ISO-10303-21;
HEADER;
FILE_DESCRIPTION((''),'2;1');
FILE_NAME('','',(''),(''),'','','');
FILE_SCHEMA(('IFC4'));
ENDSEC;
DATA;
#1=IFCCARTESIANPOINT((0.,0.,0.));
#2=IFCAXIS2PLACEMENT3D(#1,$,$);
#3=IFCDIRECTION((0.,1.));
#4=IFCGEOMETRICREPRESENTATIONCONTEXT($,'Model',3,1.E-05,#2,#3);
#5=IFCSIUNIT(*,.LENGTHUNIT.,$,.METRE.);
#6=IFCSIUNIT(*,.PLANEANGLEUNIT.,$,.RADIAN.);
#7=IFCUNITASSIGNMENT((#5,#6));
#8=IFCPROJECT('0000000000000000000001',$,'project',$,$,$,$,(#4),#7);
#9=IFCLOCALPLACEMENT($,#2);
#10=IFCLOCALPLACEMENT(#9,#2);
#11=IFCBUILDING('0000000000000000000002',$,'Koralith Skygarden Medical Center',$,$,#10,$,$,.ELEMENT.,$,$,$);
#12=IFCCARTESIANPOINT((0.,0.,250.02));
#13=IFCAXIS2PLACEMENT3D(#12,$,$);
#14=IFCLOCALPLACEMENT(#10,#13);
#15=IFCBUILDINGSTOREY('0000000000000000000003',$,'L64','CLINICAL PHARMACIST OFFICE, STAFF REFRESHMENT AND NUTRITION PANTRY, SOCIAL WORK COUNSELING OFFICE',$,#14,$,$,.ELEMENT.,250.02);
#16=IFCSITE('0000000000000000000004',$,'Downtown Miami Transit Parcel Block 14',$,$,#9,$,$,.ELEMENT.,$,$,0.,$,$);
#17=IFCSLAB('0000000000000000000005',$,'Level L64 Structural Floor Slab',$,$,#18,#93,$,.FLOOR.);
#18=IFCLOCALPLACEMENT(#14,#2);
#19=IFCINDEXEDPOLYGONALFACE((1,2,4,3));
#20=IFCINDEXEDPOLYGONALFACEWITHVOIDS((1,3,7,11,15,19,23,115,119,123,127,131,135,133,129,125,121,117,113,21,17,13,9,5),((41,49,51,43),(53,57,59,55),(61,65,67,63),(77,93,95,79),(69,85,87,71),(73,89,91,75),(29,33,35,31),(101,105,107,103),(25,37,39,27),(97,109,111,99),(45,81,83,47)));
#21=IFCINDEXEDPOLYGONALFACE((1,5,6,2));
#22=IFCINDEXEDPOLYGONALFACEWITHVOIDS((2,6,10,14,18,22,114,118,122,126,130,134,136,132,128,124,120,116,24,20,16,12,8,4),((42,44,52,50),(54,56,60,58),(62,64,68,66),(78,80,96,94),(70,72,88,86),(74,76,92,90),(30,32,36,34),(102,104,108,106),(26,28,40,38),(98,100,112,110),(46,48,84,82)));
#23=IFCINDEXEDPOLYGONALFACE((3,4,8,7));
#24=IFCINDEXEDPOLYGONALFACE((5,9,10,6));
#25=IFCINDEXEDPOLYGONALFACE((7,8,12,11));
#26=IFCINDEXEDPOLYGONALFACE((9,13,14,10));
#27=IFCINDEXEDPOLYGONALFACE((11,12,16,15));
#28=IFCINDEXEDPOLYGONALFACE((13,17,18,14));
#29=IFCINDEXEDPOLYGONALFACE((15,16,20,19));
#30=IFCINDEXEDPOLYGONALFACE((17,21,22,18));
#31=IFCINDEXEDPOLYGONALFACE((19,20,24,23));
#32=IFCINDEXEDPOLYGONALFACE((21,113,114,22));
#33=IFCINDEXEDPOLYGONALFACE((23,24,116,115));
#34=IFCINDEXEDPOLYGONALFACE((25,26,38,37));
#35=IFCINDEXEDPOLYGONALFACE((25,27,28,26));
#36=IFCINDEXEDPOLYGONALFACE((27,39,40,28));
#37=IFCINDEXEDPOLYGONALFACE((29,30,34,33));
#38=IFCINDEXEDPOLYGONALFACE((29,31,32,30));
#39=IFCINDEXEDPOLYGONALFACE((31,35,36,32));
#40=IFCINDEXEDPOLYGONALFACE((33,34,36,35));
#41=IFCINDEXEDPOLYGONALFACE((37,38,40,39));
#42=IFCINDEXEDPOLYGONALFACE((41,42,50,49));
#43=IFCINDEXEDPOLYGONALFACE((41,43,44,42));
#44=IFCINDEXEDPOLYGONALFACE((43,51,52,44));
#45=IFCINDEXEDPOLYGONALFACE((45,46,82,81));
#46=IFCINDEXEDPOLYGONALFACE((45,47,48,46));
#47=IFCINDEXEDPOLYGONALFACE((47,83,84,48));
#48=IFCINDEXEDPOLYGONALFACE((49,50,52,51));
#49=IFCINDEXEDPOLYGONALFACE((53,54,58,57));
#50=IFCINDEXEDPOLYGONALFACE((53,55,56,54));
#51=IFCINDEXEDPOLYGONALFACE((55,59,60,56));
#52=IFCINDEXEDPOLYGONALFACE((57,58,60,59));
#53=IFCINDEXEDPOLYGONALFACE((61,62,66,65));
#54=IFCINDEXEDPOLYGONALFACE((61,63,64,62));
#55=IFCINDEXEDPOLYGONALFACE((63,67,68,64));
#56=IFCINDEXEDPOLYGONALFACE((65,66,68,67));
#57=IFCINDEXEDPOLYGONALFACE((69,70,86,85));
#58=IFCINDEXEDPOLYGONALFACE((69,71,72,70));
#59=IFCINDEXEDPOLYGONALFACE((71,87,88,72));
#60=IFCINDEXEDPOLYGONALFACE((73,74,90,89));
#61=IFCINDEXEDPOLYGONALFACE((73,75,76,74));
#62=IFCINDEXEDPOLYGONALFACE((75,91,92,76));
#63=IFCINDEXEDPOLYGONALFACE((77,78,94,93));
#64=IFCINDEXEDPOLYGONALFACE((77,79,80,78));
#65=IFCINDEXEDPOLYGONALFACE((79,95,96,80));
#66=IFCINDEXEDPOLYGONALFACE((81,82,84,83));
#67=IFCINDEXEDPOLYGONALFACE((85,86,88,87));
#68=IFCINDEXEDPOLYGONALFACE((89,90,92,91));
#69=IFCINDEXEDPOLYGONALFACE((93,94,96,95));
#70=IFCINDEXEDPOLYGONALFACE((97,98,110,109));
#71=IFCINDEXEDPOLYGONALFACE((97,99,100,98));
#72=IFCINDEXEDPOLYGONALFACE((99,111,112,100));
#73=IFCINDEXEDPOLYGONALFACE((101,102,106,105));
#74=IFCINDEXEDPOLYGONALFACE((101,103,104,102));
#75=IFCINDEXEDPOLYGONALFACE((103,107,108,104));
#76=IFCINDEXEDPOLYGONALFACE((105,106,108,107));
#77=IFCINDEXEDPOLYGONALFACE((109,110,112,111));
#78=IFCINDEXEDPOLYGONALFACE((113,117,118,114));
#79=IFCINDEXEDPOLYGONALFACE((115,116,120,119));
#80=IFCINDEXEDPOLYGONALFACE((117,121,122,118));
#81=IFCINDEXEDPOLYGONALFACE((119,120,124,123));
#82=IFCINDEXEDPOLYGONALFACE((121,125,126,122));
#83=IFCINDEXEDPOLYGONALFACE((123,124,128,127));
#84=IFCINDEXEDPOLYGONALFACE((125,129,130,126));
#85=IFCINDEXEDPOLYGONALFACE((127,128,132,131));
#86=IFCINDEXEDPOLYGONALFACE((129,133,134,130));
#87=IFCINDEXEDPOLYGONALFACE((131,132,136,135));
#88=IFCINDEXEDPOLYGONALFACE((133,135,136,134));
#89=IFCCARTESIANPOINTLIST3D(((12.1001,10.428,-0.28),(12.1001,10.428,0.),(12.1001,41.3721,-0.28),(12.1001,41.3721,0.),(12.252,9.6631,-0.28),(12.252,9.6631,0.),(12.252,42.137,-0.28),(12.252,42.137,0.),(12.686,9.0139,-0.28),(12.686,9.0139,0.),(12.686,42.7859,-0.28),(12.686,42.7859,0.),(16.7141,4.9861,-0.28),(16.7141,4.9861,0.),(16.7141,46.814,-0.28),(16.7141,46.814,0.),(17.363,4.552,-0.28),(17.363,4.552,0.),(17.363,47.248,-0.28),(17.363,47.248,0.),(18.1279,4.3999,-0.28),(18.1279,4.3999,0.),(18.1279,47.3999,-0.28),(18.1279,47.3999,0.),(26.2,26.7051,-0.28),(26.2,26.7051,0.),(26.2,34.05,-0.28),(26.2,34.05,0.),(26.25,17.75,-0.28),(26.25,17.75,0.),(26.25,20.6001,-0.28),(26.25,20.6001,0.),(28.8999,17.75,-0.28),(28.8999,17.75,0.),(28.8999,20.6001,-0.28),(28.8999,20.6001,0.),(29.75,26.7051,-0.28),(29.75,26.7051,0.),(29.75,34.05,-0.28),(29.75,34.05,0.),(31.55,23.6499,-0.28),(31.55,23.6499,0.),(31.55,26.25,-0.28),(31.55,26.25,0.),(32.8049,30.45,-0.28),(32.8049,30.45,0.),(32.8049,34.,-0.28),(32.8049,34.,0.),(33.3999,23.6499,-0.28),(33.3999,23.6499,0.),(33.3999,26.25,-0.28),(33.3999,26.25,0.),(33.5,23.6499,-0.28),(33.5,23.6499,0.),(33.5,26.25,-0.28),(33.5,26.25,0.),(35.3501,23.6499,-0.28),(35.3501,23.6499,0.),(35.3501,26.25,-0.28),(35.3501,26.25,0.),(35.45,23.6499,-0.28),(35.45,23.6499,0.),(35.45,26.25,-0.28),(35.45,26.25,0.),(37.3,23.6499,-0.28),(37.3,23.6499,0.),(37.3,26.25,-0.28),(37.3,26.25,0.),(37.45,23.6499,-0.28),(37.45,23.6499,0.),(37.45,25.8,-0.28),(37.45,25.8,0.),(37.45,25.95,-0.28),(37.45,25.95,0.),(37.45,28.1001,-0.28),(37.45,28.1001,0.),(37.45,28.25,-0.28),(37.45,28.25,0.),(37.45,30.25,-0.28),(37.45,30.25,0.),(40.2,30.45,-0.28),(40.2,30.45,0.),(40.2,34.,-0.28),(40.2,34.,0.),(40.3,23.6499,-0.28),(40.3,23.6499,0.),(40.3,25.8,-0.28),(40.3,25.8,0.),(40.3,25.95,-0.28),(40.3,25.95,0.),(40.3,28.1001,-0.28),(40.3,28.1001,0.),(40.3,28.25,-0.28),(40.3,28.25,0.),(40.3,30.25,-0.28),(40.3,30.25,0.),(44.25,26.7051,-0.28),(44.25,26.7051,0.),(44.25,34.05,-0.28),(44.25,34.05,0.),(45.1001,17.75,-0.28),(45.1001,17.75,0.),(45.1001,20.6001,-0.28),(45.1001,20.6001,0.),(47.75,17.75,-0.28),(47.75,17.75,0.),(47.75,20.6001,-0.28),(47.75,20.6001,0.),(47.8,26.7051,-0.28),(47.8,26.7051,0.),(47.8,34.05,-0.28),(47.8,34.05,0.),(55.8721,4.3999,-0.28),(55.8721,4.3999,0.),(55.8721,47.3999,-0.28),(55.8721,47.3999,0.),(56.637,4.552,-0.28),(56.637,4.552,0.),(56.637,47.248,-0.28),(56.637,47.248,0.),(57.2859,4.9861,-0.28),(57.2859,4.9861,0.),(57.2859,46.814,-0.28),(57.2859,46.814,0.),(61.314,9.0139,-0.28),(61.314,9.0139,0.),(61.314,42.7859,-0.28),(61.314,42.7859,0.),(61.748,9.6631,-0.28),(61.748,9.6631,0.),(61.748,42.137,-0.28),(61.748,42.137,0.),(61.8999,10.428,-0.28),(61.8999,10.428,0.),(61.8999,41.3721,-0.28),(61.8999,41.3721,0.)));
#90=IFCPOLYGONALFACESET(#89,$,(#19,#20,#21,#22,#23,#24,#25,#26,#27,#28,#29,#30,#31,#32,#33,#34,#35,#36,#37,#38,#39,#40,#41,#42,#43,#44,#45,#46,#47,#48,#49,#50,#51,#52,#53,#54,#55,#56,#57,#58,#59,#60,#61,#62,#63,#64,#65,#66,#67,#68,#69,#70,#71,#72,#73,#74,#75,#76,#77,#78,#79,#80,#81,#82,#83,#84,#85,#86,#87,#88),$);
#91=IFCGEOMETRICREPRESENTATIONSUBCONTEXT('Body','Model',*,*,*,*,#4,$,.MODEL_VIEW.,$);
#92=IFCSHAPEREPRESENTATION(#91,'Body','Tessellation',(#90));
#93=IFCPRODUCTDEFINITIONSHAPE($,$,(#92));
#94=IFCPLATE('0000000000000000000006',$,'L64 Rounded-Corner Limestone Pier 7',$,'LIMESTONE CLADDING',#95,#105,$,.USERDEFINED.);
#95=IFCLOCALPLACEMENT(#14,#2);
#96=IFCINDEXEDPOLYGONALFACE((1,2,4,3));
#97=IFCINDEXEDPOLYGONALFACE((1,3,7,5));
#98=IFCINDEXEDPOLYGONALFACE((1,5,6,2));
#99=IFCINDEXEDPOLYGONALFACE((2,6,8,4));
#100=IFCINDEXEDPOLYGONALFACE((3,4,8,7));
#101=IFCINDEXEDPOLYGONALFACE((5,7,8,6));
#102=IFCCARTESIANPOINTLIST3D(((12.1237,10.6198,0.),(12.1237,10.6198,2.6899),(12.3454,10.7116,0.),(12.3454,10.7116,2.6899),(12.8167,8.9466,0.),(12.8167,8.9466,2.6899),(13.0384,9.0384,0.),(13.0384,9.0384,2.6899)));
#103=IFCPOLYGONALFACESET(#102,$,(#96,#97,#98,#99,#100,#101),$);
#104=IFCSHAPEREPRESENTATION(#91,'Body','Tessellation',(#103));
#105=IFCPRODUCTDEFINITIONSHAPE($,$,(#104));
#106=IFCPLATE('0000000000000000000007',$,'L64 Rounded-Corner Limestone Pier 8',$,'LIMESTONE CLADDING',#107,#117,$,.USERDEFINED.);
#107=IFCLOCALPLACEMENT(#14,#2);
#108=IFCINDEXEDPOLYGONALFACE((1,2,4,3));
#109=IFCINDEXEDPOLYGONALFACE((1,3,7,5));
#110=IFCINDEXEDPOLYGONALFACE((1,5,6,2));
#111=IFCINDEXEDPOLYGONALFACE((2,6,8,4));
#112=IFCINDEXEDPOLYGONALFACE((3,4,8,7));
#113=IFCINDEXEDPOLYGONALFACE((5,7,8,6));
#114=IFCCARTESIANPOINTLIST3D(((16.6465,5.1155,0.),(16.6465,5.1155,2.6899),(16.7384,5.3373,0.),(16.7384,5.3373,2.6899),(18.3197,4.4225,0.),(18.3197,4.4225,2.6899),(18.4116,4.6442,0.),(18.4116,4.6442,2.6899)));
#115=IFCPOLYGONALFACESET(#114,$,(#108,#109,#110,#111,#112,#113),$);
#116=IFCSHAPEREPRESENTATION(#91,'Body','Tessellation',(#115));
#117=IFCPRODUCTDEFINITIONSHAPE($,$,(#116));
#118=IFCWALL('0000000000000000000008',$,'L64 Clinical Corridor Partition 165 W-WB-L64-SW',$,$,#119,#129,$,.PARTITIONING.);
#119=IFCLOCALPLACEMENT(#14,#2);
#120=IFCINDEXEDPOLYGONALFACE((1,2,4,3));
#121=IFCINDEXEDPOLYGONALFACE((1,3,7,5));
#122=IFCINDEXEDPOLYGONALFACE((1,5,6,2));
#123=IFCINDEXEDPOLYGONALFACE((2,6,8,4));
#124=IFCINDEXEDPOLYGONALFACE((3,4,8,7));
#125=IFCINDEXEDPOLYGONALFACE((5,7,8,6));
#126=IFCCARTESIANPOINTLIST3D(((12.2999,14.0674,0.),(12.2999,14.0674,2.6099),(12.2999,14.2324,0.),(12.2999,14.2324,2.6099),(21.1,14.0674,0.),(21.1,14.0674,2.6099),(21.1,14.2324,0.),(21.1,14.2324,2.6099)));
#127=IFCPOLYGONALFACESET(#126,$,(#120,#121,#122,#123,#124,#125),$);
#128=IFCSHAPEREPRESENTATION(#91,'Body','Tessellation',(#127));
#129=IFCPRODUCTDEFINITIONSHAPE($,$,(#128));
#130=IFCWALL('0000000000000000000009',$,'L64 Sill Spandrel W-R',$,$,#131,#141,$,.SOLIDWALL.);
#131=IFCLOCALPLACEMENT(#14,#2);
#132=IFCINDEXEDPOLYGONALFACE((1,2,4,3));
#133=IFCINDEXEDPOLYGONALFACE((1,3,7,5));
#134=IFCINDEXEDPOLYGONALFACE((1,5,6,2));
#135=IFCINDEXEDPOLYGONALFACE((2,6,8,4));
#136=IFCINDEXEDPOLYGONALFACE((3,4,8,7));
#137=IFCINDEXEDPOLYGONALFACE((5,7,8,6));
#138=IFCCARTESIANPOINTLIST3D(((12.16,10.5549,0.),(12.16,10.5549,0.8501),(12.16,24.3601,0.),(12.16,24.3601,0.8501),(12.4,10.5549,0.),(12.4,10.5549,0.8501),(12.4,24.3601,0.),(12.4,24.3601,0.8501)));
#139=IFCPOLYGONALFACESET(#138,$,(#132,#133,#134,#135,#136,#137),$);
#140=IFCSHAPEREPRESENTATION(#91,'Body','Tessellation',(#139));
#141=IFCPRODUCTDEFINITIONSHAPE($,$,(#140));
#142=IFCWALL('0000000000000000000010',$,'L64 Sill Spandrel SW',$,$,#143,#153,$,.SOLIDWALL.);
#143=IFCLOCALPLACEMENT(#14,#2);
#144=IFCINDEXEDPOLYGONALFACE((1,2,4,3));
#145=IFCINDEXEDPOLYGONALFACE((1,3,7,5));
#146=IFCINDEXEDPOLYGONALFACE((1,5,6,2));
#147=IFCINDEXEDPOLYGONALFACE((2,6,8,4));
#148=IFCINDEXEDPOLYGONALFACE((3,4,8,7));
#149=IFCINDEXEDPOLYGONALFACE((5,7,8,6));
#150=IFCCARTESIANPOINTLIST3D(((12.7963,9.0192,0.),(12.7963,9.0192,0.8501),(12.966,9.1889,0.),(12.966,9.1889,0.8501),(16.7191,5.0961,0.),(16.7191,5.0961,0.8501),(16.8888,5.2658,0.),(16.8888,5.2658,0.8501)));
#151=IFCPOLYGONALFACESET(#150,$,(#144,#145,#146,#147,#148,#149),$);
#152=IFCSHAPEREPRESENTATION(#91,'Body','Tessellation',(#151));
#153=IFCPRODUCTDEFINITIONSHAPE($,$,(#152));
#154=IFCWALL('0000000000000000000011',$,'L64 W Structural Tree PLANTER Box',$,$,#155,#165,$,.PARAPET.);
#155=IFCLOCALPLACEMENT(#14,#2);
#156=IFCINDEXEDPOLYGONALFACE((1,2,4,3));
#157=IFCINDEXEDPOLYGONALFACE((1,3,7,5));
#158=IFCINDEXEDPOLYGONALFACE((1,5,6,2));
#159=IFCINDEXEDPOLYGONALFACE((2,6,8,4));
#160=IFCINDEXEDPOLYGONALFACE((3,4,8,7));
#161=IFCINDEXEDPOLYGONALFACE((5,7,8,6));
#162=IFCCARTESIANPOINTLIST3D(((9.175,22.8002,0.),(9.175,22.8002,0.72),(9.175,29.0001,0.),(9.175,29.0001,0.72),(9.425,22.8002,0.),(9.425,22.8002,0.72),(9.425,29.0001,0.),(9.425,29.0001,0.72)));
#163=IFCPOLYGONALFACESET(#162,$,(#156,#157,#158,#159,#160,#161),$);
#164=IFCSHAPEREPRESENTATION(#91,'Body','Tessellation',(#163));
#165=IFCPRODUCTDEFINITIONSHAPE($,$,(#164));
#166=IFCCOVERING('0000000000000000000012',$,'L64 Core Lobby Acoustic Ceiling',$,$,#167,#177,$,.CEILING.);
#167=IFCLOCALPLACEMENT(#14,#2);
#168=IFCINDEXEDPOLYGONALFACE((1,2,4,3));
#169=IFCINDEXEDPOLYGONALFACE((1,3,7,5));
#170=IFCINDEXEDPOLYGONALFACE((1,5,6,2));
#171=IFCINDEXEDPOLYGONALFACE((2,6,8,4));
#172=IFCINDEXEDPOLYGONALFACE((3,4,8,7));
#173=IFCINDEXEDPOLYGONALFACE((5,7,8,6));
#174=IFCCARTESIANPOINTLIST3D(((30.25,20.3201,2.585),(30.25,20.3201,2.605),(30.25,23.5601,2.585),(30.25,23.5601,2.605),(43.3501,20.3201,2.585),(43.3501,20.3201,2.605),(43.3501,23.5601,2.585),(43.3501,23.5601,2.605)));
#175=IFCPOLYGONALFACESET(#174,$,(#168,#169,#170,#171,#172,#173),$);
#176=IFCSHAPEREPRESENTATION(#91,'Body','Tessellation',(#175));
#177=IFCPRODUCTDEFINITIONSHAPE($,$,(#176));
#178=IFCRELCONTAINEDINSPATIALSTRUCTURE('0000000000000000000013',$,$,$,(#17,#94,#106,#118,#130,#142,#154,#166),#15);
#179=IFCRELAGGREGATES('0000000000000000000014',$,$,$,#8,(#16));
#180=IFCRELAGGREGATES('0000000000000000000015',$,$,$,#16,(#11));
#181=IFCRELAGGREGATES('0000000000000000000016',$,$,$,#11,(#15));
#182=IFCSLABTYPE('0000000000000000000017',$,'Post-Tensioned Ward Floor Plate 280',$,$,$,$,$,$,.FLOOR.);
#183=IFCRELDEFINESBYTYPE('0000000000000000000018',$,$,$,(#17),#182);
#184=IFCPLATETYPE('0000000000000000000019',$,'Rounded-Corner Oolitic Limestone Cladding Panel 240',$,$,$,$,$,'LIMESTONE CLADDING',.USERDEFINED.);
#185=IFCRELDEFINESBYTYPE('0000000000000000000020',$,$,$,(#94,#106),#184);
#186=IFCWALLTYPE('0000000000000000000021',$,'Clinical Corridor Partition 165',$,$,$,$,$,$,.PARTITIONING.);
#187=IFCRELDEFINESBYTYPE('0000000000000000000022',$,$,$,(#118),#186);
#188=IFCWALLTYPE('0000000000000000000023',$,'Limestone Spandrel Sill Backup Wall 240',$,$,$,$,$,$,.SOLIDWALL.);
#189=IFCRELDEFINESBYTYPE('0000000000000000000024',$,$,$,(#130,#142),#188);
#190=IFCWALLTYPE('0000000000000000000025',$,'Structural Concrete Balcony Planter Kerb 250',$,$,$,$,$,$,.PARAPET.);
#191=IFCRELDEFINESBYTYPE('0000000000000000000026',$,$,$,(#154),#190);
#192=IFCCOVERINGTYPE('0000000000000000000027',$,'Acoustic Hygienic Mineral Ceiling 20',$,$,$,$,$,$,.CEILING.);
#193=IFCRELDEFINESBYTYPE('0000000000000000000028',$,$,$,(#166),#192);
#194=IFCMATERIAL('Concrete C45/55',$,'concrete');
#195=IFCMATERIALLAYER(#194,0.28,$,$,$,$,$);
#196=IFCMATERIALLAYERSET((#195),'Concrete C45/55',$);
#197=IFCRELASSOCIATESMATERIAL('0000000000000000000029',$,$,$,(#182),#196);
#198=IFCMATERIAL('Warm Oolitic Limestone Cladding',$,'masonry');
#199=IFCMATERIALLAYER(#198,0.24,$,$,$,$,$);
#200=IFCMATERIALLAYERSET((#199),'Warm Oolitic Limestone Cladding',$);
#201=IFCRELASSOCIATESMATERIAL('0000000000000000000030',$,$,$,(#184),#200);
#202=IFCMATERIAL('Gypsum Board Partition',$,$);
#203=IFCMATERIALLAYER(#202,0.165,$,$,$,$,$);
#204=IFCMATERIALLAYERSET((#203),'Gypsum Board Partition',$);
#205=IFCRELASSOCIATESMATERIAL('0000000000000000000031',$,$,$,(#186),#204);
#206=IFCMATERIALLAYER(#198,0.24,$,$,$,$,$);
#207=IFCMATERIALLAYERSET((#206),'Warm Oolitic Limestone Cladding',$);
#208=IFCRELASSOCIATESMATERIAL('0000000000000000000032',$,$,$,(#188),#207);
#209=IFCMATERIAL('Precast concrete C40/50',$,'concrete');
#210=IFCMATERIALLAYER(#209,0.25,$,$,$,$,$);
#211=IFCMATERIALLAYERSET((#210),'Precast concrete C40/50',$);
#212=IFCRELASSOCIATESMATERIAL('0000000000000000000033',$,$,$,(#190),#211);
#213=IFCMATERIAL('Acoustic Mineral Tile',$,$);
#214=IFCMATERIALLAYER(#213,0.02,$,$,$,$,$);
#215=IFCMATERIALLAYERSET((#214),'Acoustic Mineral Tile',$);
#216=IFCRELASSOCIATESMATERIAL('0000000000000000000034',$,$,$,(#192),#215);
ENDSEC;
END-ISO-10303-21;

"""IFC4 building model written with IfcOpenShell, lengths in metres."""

from ifc_helpers import new_model, si_unit, direction, frame, frame_2d, origin, origin_2d, place, context, subcontext, project, spatial, polyline, rectangle, outline, extrude, material, layer, layer_set, type_object, element, save


model = new_model("IFC4")

# Units and contexts
model_context = context("Model", 3, precision=1e-05, world=origin(), true_north=direction((0.0, 1.0)))
body_context = subcontext(model_context, "Body", "Model", "MODEL_VIEW")
ifc_project = project(units=[si_unit("LENGTHUNIT", "METRE"), si_unit("PLANEANGLEUNIT", "RADIAN")], contexts=[model_context])

# Site, building, storey
site_placement = place(None, origin())
site = spatial("IfcSite", under=ifc_project, at=site_placement, Name="Downtown Miami Transit Parcel Block 14", CompositionType="ELEMENT", RefElevation=0.0)
building_placement = place(site_placement, origin())
building = spatial("IfcBuilding", under=site, at=building_placement, Name="Koralith Skygarden Medical Center", CompositionType="ELEMENT")
storey_placement = place(building_placement, frame((0.0, 0.0, 250.02)))
storey = spatial("IfcBuildingStorey", under=building, at=storey_placement, Name="L64", Description="CLINICAL PHARMACIST OFFICE, STAFF REFRESHMENT AND NUTRITION PANTRY, SOCIAL WORK COUNSELING OFFICE", CompositionType="ELEMENT", Elevation=250.02)

# Shared definitions
ifc_material_1 = material(Name="Concrete C45/55", Category="concrete")

# Slab
ifc_layer_1 = layer(ifc_material_1, 0.28)
ifc_layer_set_1 = layer_set([ifc_layer_1], Name="Concrete C45/55")
slab_type_1 = type_object("IfcSlabType", Name="Post-Tensioned Ward Floor Plate 280", PredefinedType="FLOOR", material=ifc_layer_set_1)
slab_1_placement = place(storey_placement, frame((0.0, 0.0, -0.28)))
element("IfcSlab", 1, at=slab_1_placement, inside=storey, type_object=slab_type_1, Name="Level L64 Structural Floor Slab", PredefinedType="FLOOR", context=body_context, shape_type="SweptSolid", body=[
    extrude(outline(polyline([(16.7141, 4.9861), (17.363, 4.552), (18.1279, 4.3999), (55.8721, 4.3999), (56.637, 4.552), (57.2859, 4.9861), (61.314, 9.0139), (61.748, 9.6631), (61.8999, 10.428), (61.8999, 41.3721), (61.748, 42.137), (61.314, 42.7859), (57.2859, 46.814), (56.637, 47.248), (55.8721, 47.3999), (18.1279, 47.3999), (17.363, 47.248), (16.7141, 46.814), (12.686, 42.7859), (12.252, 42.137), (12.1001, 41.3721), (12.1001, 10.428), (12.252, 9.6631), (12.686, 9.0139), (16.7141, 4.9861)]), holes=[polyline([(26.2, 26.7051), (29.75, 26.7051), (29.75, 34.05), (26.2, 34.05), (26.2, 26.7051)]), polyline([(44.25, 26.7051), (47.8, 26.7051), (47.8, 34.05), (44.25, 34.05), (44.25, 26.7051)]), polyline([(32.8049, 30.45), (40.2, 30.45), (40.2, 34.0), (32.8049, 34.0), (32.8049, 30.45)]), polyline([(26.25, 17.75), (28.8999, 17.75), (28.8999, 20.6001), (26.25, 20.6001), (26.25, 17.75)]), polyline([(45.1001, 17.75), (47.75, 17.75), (47.75, 20.6001), (45.1001, 20.6001), (45.1001, 17.75)]), polyline([(31.55, 23.6499), (33.3999, 23.6499), (33.3999, 26.25), (31.55, 26.25), (31.55, 23.6499)]), polyline([(33.5, 23.6499), (35.3501, 23.6499), (35.3501, 26.25), (33.5, 26.25), (33.5, 23.6499)]), polyline([(35.45, 23.6499), (37.3, 23.6499), (37.3, 26.25), (35.45, 26.25), (35.45, 23.6499)]), polyline([(37.45, 23.6499), (40.3, 23.6499), (40.3, 25.8), (37.45, 25.8), (37.45, 23.6499)]), polyline([(37.45, 25.95), (40.3, 25.95), (40.3, 28.1001), (37.45, 28.1001), (37.45, 25.95)]), polyline([(37.45, 28.25), (40.3, 28.25), (40.3, 30.25), (37.45, 30.25), (37.45, 28.25)])]), origin(), (0.0, 0.0, 1.0), 0.28),
])

# Plates
ifc_material_2 = material(Name="Warm Oolitic Limestone Cladding", Category="masonry")
ifc_layer_2 = layer(ifc_material_2, 0.24)
ifc_layer_set_2 = layer_set([ifc_layer_2], Name="Warm Oolitic Limestone Cladding")
plate_type_1 = type_object("IfcPlateType", Name="Rounded-Corner Oolitic Limestone Cladding Panel 240", ElementType="LIMESTONE CLADDING", PredefinedType="USERDEFINED", material=ifc_layer_set_2)
for number, where, z_axis, x_axis, name in (
    (2, (12.5811, 9.8291, 0.0), (0.0, 0.0, 1.0), (0.382671, -0.923885, 0.0), "L64 Rounded-Corner Limestone Pier 7"),
    (3, (17.5291, 4.8799, 0.0), (0.0, 0.0, 1.0), (0.923885, -0.382671, 0.0), "L64 Rounded-Corner Limestone Pier 8"),
):
    element("IfcPlate", number, at=place(storey_placement, frame(where, z_axis=z_axis, x_axis=x_axis)), inside=storey, type_object=plate_type_1, Name=name, ObjectType="LIMESTONE CLADDING", PredefinedType="USERDEFINED", context=body_context, shape_type="SweptSolid", body=[
        extrude(rectangle(XDim=1.811, YDim=0.24, at=origin_2d()), origin(), (0.0, 0.0, 1.0), 2.6899),
    ])

# Walls
ifc_material_3 = material(Name="Gypsum Board Partition")
ifc_layer_3 = layer(ifc_material_3, 0.165)
ifc_layer_set_3 = layer_set([ifc_layer_3], Name="Gypsum Board Partition")
wall_type_1 = type_object("IfcWallType", Name="Clinical Corridor Partition 165", PredefinedType="PARTITIONING", material=ifc_layer_set_3)
wall_1_placement = place(storey_placement, frame((12.3, 14.1499, 0.0), z_axis=(0.0, 0.0, 1.0), x_axis=(1.0, 0.0, 0.0)))
element("IfcWall", 4, at=wall_1_placement, inside=storey, type_object=wall_type_1, Name="L64 Clinical Corridor Partition 165 W-WB-L64-SW", PredefinedType="PARTITIONING", context=body_context, shape_type="SweptSolid", body=[
    extrude(rectangle(XDim=8.8, YDim=0.165, at=frame_2d((4.3999, 0.0))), origin(), (0.0, 0.0, 1.0), 2.6099),
])
ifc_layer_4 = layer(ifc_material_2, 0.24)
ifc_layer_set_4 = layer_set([ifc_layer_4], Name="Warm Oolitic Limestone Cladding")
wall_type_2 = type_object("IfcWallType", Name="Limestone Spandrel Sill Backup Wall 240", PredefinedType="SOLIDWALL", material=ifc_layer_set_4)
wall_2_placement = place(storey_placement, frame((12.28, 24.3601, 0.0), z_axis=(0.0, 0.0, 1.0), x_axis=(0.0, -1.0, 0.0)))
element("IfcWall", 5, at=wall_2_placement, inside=storey, type_object=wall_type_2, Name="L64 Sill Spandrel W-R", PredefinedType="SOLIDWALL", context=body_context, shape_type="SweptSolid", body=[
    extrude(rectangle(XDim=13.8052, YDim=0.24, at=frame_2d((6.9026, 0.0))), origin(), (0.0, 0.0, 1.0), 0.8501),
])
wall_3_placement = place(storey_placement, frame((12.8811, 9.104, 0.0), z_axis=(0.0, 0.0, 1.0), x_axis=(0.707085, -0.707129, 0.0)))
element("IfcWall", 6, at=wall_3_placement, inside=storey, type_object=wall_type_2, Name="L64 Sill Spandrel SW", PredefinedType="SOLIDWALL", context=body_context, shape_type="SweptSolid", body=[
    extrude(rectangle(XDim=5.5479, YDim=0.24, at=frame_2d((2.7739, 0.0))), origin(), (0.0, 0.0, 1.0), 0.8501),
])
ifc_material_4 = material(Name="Precast concrete C40/50", Category="concrete")
ifc_layer_5 = layer(ifc_material_4, 0.25)
ifc_layer_set_5 = layer_set([ifc_layer_5], Name="Precast concrete C40/50")
wall_type_3 = type_object("IfcWallType", Name="Structural Concrete Balcony Planter Kerb 250", PredefinedType="PARAPET", material=ifc_layer_set_5)
wall_4_placement = place(storey_placement, frame((9.3, 22.8, 0.0), z_axis=(0.0, 0.0, 1.0), x_axis=(0.0, 1.0, 0.0)))
element("IfcWall", 7, at=wall_4_placement, inside=storey, type_object=wall_type_3, Name="L64 W Structural Tree PLANTER Box", PredefinedType="PARAPET", context=body_context, shape_type="SweptSolid", body=[
    extrude(rectangle(XDim=6.2, YDim=0.25, at=frame_2d((3.1001, 0.0))), origin(), (0.0, 0.0, 1.0), 0.72),
])

# Covering
ifc_material_5 = material(Name="Acoustic Mineral Tile")
ifc_layer_6 = layer(ifc_material_5, 0.02)
ifc_layer_set_6 = layer_set([ifc_layer_6], Name="Acoustic Mineral Tile")
covering_type_1 = type_object("IfcCoveringType", Name="Acoustic Hygienic Mineral Ceiling 20", PredefinedType="CEILING", material=ifc_layer_set_6)
covering_1_placement = place(storey_placement, frame((0.0, 0.0, 2.585)))
element("IfcCovering", 8, at=covering_1_placement, inside=storey, type_object=covering_type_1, Name="L64 Core Lobby Acoustic Ceiling", PredefinedType="CEILING", context=body_context, shape_type="SweptSolid", body=[
    extrude(outline(polyline([(30.25, 20.3201), (43.3501, 20.3201), (43.3501, 23.5601), (30.25, 23.5601), (30.25, 20.3201)])), origin(), (0.0, 0.0, 1.0), 0.02),
])

save(model, "model.ifc")
